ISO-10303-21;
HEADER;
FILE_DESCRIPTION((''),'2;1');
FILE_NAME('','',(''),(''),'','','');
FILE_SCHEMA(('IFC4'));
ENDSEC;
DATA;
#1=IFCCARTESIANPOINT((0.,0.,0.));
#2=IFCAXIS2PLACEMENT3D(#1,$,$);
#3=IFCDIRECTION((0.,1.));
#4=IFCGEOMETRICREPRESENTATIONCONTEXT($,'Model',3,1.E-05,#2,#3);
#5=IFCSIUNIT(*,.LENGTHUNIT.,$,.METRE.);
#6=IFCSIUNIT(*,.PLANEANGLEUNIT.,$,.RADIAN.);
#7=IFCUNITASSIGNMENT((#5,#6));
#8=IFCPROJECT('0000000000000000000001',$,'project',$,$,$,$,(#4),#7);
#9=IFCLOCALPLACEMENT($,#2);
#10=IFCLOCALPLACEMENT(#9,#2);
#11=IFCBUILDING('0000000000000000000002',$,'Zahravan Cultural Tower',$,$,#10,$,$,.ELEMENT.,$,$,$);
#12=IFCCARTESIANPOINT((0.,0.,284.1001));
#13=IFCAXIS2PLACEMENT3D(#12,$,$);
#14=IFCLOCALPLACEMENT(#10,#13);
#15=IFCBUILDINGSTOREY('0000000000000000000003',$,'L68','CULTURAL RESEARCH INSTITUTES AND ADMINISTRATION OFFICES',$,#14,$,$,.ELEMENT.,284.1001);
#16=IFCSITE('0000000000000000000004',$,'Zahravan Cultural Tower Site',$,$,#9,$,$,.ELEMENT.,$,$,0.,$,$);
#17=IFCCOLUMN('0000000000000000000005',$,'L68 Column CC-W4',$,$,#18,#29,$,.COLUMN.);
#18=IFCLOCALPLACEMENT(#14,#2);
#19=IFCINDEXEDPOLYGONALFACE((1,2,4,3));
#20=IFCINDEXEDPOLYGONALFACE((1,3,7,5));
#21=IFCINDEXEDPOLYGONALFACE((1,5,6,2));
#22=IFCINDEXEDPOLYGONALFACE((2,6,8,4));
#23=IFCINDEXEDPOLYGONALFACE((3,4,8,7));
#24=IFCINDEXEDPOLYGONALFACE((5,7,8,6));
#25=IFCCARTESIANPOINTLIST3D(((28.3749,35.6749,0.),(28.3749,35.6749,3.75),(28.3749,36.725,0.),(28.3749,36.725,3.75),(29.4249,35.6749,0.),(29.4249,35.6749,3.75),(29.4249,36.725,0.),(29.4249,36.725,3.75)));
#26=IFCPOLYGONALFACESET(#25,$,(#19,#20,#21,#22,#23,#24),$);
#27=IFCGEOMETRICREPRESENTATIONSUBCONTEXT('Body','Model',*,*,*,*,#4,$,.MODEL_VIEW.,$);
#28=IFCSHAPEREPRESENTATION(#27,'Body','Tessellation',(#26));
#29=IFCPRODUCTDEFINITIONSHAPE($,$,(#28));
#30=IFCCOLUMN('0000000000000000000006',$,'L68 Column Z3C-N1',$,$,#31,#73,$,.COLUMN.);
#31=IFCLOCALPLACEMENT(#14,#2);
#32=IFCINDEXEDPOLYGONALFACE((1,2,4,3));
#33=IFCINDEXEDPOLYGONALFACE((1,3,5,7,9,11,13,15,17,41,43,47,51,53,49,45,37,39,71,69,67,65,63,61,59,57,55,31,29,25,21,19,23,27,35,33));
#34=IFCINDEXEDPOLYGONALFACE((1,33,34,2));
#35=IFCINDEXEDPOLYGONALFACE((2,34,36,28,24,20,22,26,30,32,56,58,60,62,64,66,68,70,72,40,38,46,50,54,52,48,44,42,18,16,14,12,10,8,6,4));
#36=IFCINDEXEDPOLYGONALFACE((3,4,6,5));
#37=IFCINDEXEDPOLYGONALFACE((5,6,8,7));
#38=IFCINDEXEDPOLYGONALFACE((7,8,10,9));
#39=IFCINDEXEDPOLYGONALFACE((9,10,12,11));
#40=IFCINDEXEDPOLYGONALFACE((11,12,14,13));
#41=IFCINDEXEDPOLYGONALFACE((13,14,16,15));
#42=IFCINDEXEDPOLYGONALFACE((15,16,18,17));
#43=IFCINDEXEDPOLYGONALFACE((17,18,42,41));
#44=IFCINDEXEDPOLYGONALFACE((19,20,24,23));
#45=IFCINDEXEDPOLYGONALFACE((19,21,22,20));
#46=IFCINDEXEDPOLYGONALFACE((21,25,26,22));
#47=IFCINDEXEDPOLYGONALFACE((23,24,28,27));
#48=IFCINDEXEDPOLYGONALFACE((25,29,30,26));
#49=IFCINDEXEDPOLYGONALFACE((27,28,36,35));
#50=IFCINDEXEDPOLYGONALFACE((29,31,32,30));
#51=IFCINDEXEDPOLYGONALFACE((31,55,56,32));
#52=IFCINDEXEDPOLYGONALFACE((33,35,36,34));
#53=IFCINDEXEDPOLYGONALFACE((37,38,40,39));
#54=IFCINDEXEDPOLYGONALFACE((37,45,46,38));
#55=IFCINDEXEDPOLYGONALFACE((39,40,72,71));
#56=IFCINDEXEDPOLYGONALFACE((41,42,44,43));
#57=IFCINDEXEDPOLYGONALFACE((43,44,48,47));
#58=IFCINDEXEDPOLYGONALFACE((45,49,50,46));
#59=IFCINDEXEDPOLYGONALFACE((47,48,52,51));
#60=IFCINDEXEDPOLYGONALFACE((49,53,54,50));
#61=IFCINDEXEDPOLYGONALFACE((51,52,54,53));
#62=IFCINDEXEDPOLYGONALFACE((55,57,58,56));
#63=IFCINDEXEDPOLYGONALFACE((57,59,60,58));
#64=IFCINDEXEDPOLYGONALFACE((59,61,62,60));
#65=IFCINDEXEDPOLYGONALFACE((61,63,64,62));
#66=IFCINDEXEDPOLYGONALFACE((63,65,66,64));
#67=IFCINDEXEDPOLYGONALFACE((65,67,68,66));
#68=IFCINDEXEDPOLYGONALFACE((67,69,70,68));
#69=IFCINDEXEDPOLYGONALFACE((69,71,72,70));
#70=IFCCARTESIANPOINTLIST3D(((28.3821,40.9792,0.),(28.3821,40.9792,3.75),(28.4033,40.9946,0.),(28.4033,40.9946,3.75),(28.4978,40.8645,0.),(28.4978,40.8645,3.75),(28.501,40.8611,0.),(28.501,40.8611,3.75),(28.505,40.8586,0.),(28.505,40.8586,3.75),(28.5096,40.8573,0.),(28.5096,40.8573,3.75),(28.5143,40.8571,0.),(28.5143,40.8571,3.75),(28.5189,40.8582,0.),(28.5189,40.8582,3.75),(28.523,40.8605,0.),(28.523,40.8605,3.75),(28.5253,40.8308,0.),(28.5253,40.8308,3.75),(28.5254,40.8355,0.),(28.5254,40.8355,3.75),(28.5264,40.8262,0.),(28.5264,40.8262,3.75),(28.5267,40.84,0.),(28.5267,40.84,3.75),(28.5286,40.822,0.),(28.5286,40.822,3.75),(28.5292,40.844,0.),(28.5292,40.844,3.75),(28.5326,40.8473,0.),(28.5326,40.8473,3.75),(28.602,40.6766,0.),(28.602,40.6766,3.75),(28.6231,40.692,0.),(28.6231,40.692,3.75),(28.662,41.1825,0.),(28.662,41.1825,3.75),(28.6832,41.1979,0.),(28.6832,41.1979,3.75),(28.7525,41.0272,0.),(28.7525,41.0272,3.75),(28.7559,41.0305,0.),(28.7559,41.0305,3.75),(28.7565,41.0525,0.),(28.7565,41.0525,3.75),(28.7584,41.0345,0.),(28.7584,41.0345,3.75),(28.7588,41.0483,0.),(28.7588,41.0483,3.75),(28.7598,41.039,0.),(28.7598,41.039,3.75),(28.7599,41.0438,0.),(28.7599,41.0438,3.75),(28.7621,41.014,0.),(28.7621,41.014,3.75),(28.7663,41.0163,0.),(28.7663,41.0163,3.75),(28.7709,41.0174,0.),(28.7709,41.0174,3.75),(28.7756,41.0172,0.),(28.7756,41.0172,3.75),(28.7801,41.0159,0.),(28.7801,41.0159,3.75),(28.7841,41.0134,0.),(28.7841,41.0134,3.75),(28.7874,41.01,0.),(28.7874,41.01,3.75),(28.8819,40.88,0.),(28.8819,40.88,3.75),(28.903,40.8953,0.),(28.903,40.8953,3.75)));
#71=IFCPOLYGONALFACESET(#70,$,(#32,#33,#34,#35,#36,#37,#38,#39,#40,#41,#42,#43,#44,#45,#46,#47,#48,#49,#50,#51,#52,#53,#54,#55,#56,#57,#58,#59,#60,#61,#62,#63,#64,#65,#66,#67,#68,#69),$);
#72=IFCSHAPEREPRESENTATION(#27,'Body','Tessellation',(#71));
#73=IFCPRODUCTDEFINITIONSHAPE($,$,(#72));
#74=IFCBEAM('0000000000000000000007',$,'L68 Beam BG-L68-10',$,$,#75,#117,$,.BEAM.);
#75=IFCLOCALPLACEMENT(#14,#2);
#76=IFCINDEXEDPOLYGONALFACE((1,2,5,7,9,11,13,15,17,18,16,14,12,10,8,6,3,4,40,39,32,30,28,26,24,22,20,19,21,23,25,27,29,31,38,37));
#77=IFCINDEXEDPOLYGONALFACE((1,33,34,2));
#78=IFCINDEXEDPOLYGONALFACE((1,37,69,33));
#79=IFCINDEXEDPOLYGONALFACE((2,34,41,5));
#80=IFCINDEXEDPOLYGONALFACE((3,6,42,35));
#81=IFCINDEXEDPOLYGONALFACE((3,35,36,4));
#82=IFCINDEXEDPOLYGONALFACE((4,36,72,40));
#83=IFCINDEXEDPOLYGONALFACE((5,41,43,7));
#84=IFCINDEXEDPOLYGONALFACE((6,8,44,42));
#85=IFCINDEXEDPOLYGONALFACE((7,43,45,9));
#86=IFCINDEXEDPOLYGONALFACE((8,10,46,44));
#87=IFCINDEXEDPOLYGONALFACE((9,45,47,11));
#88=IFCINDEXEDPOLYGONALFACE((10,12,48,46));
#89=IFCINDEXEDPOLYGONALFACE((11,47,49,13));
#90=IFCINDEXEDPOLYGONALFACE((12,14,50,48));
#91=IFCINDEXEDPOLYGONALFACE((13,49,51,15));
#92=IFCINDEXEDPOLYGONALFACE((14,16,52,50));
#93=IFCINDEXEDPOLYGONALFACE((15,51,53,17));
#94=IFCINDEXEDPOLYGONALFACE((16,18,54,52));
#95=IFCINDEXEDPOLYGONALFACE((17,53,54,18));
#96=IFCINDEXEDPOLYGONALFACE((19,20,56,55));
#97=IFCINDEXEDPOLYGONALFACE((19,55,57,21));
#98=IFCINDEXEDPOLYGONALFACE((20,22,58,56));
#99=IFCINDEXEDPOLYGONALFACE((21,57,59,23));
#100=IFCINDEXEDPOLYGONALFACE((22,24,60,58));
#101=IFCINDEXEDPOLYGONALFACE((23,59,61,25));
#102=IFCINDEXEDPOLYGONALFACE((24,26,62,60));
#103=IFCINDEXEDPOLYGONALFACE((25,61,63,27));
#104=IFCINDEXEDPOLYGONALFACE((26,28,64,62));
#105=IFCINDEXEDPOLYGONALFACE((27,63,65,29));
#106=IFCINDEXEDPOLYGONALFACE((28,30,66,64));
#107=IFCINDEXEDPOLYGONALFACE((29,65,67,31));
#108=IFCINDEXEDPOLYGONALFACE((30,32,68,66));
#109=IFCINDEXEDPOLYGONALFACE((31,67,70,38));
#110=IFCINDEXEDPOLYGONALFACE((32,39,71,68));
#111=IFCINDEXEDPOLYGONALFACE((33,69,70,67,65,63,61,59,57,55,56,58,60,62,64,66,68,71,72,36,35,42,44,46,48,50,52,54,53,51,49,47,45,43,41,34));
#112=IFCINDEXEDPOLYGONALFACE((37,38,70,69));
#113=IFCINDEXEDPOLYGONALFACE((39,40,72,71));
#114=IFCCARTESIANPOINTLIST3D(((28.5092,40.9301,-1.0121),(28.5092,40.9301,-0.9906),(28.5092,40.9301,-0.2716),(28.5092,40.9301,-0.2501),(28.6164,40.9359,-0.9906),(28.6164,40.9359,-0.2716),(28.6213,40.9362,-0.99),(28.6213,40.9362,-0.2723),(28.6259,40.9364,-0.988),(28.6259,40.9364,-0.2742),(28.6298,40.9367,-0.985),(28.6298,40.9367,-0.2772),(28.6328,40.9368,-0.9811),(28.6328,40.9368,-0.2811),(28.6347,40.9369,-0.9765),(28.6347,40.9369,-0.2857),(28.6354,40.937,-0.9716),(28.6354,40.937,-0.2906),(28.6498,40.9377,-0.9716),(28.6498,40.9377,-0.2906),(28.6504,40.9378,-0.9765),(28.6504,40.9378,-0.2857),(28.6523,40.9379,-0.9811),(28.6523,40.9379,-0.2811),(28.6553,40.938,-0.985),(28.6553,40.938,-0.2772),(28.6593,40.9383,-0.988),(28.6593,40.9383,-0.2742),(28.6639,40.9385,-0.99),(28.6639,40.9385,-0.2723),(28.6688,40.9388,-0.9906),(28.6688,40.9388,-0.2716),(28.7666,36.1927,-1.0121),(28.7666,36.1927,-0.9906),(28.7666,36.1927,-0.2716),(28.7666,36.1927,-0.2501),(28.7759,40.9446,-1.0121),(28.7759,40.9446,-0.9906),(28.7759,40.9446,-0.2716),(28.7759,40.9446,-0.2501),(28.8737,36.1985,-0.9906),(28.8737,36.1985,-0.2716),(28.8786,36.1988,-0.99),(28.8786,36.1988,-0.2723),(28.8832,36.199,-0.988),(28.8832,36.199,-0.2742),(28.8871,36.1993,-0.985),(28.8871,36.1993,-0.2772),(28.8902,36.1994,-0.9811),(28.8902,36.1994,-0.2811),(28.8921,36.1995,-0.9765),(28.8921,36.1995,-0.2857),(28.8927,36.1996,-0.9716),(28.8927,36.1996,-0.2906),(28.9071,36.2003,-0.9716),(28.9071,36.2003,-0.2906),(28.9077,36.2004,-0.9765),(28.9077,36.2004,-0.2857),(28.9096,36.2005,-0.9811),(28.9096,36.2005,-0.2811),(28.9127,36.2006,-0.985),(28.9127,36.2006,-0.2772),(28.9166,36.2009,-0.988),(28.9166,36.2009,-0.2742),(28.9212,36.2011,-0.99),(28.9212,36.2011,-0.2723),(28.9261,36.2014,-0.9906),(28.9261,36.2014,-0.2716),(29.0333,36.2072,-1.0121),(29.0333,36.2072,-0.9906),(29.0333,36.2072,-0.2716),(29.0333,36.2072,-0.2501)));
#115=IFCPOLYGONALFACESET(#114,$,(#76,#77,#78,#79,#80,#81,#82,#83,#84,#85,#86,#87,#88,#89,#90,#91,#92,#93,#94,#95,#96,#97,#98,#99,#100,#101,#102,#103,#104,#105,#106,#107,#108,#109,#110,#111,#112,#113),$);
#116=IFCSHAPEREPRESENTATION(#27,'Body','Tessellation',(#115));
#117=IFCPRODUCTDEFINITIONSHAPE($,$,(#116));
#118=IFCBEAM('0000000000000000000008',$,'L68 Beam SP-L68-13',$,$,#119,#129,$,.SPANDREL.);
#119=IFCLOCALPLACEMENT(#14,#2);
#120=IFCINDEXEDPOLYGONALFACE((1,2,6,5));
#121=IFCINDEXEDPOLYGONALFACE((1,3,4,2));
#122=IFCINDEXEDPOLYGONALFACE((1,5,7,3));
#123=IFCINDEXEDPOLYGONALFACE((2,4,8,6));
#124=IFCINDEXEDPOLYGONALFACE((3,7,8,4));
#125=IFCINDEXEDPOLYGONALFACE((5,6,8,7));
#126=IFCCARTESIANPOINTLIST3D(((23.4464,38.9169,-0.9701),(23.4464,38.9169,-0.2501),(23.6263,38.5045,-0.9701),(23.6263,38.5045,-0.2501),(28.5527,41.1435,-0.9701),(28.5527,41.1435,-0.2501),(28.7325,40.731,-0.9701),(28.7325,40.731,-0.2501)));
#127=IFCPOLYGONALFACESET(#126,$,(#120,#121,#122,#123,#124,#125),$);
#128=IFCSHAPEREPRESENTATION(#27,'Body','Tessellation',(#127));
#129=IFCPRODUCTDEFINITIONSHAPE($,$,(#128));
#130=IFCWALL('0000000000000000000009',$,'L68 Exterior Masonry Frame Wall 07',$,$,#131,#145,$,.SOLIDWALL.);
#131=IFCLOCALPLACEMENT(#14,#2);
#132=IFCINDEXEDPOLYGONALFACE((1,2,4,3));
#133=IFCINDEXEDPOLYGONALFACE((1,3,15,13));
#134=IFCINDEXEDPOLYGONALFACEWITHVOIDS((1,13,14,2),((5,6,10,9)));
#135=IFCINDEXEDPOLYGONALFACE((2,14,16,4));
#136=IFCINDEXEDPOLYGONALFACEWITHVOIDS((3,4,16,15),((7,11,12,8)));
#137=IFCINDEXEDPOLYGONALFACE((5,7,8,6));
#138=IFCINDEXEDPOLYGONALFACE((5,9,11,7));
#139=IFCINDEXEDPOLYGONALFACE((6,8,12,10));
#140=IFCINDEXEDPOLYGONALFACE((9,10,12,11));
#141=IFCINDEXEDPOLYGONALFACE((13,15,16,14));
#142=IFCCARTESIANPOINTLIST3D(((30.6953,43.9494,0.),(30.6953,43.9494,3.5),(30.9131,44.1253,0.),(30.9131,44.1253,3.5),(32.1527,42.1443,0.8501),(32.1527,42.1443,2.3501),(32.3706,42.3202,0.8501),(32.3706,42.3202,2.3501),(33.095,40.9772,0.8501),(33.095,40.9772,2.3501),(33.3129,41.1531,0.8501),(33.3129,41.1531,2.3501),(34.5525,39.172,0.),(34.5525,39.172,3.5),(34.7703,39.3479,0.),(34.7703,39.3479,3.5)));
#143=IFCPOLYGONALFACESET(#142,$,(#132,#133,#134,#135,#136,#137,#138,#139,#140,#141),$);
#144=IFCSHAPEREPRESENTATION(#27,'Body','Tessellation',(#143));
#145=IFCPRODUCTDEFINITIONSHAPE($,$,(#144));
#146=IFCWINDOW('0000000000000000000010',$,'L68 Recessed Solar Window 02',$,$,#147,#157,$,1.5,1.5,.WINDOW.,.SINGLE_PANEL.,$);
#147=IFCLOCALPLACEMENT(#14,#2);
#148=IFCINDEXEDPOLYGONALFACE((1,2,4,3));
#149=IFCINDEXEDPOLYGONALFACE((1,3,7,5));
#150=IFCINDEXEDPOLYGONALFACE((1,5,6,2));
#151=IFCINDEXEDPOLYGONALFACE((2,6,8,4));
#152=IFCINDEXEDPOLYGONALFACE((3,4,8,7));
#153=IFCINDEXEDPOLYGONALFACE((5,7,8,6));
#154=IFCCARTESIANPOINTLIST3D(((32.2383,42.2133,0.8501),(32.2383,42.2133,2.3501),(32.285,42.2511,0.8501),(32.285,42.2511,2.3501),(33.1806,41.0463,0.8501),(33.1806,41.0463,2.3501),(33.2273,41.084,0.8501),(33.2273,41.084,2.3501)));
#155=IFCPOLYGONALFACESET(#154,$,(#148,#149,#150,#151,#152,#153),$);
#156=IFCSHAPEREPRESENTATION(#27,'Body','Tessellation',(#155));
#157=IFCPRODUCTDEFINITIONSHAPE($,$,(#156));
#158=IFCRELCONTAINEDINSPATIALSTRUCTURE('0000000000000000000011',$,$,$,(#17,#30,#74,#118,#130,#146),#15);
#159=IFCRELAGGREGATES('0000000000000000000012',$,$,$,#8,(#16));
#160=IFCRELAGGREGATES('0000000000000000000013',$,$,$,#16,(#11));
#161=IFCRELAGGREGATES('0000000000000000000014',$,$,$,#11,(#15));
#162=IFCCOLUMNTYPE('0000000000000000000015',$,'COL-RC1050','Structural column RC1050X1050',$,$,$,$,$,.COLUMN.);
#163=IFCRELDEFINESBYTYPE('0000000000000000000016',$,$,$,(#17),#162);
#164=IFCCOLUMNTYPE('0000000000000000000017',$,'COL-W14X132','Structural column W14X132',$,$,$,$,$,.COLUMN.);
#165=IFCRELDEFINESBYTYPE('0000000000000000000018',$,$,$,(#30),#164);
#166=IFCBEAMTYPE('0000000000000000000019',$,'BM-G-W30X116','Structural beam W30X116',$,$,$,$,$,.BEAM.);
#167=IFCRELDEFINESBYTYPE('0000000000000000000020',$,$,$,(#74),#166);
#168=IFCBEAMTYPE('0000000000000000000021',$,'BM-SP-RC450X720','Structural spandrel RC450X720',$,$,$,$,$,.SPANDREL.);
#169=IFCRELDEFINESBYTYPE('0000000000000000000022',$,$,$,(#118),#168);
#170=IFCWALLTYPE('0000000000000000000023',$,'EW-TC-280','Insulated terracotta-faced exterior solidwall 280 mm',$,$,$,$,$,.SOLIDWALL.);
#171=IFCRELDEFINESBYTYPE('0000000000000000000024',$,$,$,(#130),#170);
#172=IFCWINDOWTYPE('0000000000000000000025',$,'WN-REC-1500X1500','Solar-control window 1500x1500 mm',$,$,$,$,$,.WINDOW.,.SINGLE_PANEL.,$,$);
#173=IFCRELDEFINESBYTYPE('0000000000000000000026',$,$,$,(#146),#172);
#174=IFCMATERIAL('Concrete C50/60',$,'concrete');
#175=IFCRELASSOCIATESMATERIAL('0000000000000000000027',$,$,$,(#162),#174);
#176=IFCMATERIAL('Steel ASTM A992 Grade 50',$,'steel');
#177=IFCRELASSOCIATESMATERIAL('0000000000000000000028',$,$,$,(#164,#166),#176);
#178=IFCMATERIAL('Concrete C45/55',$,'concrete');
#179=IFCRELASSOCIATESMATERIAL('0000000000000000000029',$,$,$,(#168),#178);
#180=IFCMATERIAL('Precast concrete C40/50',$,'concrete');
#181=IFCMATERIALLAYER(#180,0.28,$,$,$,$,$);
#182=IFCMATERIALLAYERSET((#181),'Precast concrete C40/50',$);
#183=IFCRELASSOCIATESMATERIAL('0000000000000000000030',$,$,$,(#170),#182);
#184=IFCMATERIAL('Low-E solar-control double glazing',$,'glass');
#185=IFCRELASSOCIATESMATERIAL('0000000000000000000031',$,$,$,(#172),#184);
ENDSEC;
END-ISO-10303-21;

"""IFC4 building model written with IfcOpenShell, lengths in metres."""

from ifc_helpers import new_model, si_unit, direction, frame, frame_2d, origin, origin_2d, place, context, subcontext, project, spatial, rectangle, i_section, extrude, source, transform, mapped, material, layer, layer_set, material_profile, profile_set, type_object, element, fill, save


model = new_model("IFC4")

# Units and contexts
model_context = context("Model", 3, precision=1e-05, world=origin(), true_north=direction((0.0, 1.0)))
body_context = subcontext(model_context, "Body", "Model", "MODEL_VIEW")
ifc_project = project(units=[si_unit("LENGTHUNIT", "METRE"), si_unit("PLANEANGLEUNIT", "RADIAN")], contexts=[model_context])

# Site, building, storey
site_placement = place(None, origin())
site = spatial("IfcSite", under=ifc_project, at=site_placement, Name="Zahravan Cultural Tower Site", CompositionType="ELEMENT", RefElevation=0.0)
building_placement = place(site_placement, origin())
building = spatial("IfcBuilding", under=site, at=building_placement, Name="Zahravan Cultural Tower", CompositionType="ELEMENT")
storey_placement = place(building_placement, frame((0.0, 0.0, 284.1001)))
storey = spatial("IfcBuildingStorey", under=building, at=storey_placement, Name="L68", Description="CULTURAL RESEARCH INSTITUTES AND ADMINISTRATION OFFICES", CompositionType="ELEMENT", Elevation=284.1001)

# Columns
ifc_material_1 = material(Name="Concrete C50/60", Category="concrete")
ifc_material_profile_1 = material_profile(ifc_material_1, rectangle(XDim=1.05, YDim=1.05, at=origin_2d()), Name="RC1050X1050")
ifc_profile_set_1 = profile_set([ifc_material_profile_1], Name="Concrete C50/60")
column_type_1 = type_object("IfcColumnType", Name="COL-RC1050", Description="Structural column RC1050X1050", PredefinedType="COLUMN", material=ifc_profile_set_1)
shared_shape_1 = source(origin(), body_context, "Body", "SweptSolid", [
    extrude(rectangle(XDim=1.05, YDim=1.05, at=origin_2d()), origin(), (0.0, 0.0, 1.0), 3.75),
])
column_1_placement = place(storey_placement, frame((28.8999, 36.2, 0.0), z_axis=(0.0, 0.0, 1.0), x_axis=(1.0, 0.0, 0.0)))
element("IfcColumn", 1, at=column_1_placement, inside=storey, type_object=column_type_1, Name="L68 Column CC-W4", PredefinedType="COLUMN", context=body_context, shape_type="MappedRepresentation", body=[
    mapped(shared_shape_1, transform((0.0, 0.0, 0.0), x_axis=(1.0, 0.0, 0.0), y_axis=(0.0, 1.0, 0.0), z_axis=(0.0, 0.0, 1.0), scale=1.0)),
])
ifc_material_2 = material(Name="Steel ASTM A992 Grade 50", Category="steel")
ifc_material_profile_2 = material_profile(ifc_material_2, i_section(OverallWidth=0.374, OverallDepth=0.3721, WebThickness=0.0164, FlangeThickness=0.0261, FilletRadius=0.0181, at=origin_2d()), Name="W14X132")
ifc_profile_set_2 = profile_set([ifc_material_profile_2], Name="Steel ASTM A992 Grade 50")
column_type_2 = type_object("IfcColumnType", Name="COL-W14X132", Description="Structural column W14X132", PredefinedType="COLUMN", material=ifc_profile_set_2)
shared_shape_2 = source(origin(), body_context, "Body", "SweptSolid", [
    extrude(i_section(OverallWidth=0.374, OverallDepth=0.3721, WebThickness=0.0164, FlangeThickness=0.0261, FilletRadius=0.0181, at=origin_2d()), origin(), (0.0, 0.0, 1.0), 3.75),
])
column_2_placement = place(storey_placement, frame((28.6426, 40.9373, 0.0), z_axis=(0.0, 0.0, 1.0), x_axis=(-0.587785, 0.809017, 0.0)))
element("IfcColumn", 2, at=column_2_placement, inside=storey, type_object=column_type_2, Name="L68 Column Z3C-N1", PredefinedType="COLUMN", context=body_context, shape_type="MappedRepresentation", body=[
    mapped(shared_shape_2, transform((0.0, 0.0, 0.0), x_axis=(1.0, 0.0, 0.0), y_axis=(0.0, 1.0, 0.0), z_axis=(0.0, 0.0, 1.0), scale=1.0)),
])

# Beams
ifc_material_profile_3 = material_profile(ifc_material_2, i_section(OverallWidth=0.2671, OverallDepth=0.762, WebThickness=0.0144, FlangeThickness=0.0215, FilletRadius=0.019, at=origin_2d()), Name="W30X116")
ifc_profile_set_3 = profile_set([ifc_material_profile_3], Name="Steel ASTM A992 Grade 50")
beam_type_1 = type_object("IfcBeamType", Name="BM-G-W30X116", Description="Structural beam W30X116", PredefinedType="BEAM", material=ifc_profile_set_3)
shared_shape_3 = source(origin(), body_context, "Body", "SweptSolid", [
    extrude(i_section(OverallWidth=0.2671, OverallDepth=0.762, WebThickness=0.0144, FlangeThickness=0.0215, FilletRadius=0.019, at=origin_2d()), origin(), (0.0, 0.0, 1.0), 4.7444),
])
beam_1_placement = place(storey_placement, frame((28.8999, 36.2, -0.6311), z_axis=(-0.054239, 0.998528, 0.0), x_axis=(-0.998528, -0.054239, 0.0)))
element("IfcBeam", 3, at=beam_1_placement, inside=storey, type_object=beam_type_1, Name="L68 Beam BG-L68-10", PredefinedType="BEAM", context=body_context, shape_type="MappedRepresentation", body=[
    mapped(shared_shape_3, transform((0.0, 0.0, 0.0), x_axis=(1.0, 0.0, 0.0), y_axis=(0.0, 1.0, 0.0), z_axis=(0.0, 0.0, 1.0), scale=1.0)),
])
ifc_material_3 = material(Name="Concrete C45/55", Category="concrete")
ifc_material_profile_4 = material_profile(ifc_material_3, rectangle(XDim=0.45, YDim=0.72, at=origin_2d()), Name="RC450X720")
ifc_profile_set_4 = profile_set([ifc_material_profile_4], Name="Concrete C45/55")
beam_type_2 = type_object("IfcBeamType", Name="BM-SP-RC450X720", Description="Structural spandrel RC450X720", PredefinedType="SPANDREL", material=ifc_profile_set_4)
shared_shape_4 = source(origin(), body_context, "Body", "SweptSolid", [
    extrude(rectangle(XDim=0.45, YDim=0.72, at=origin_2d()), origin(), (0.0, 0.0, 1.0), 5.5706),
])
beam_2_placement = place(storey_placement, frame((28.6426, 40.9373, -0.6101), z_axis=(-0.916645, -0.399703, 0.0), x_axis=(0.399703, -0.916645, 0.0)))
element("IfcBeam", 4, at=beam_2_placement, inside=storey, type_object=beam_type_2, Name="L68 Beam SP-L68-13", PredefinedType="SPANDREL", context=body_context, shape_type="MappedRepresentation", body=[
    mapped(shared_shape_4, transform((0.0, 0.0, 0.0), x_axis=(1.0, 0.0, 0.0), y_axis=(0.0, 1.0, 0.0), z_axis=(0.0, 0.0, 1.0), scale=1.0)),
])

# Wall, opening, window
ifc_material_4 = material(Name="Precast concrete C40/50", Category="concrete")
ifc_layer_1 = layer(ifc_material_4, 0.28)
ifc_layer_set_1 = layer_set([ifc_layer_1], Name="Precast concrete C40/50")
wall_type_1 = type_object("IfcWallType", Name="EW-TC-280", Description="Insulated terracotta-faced exterior solidwall 280 mm", PredefinedType="SOLIDWALL", material=ifc_layer_set_1)
wall_1_placement = place(storey_placement, frame((30.8042, 44.0374, 0.0), z_axis=(0.0, 0.0, 1.0), x_axis=(0.628195, -0.778056, 0.0)))
wall_1 = element("IfcWall", 5, at=wall_1_placement, inside=storey, type_object=wall_type_1, Name="L68 Exterior Masonry Frame Wall 07", PredefinedType="SOLIDWALL", context=body_context, shape_type="SweptSolid", body=[
    extrude(rectangle(XDim=6.1401, YDim=0.28, at=frame_2d((3.0701, 0.0))), origin(), (0.0, 0.0, 1.0), 3.5),
])
opening_1_placement = place(wall_1_placement, frame((2.3201, 0.0, 0.8501)))
opening_1 = element("IfcOpeningElement", 6, at=opening_1_placement, cuts=wall_1, PredefinedType="OPENING", context=body_context, shape_type="SweptSolid", body=[
    extrude(rectangle(XDim=1.5, YDim=1.5, at=frame_2d((0.75, 0.75))), frame((0.0, 0.1499, 0.0), z_axis=(0.0, -1.0, 0.0), x_axis=(1.0, 0.0, 0.0)), (0.0, 0.0, 1.0), 0.3),
])
ifc_material_5 = material(Name="Low-E solar-control double glazing", Category="glass")
window_type = type_object("IfcWindowType", Name="WN-REC-1500X1500", Description="Solar-control window 1500x1500 mm", PartitioningType="SINGLE_PANEL", PredefinedType="WINDOW", material=ifc_material_5)
shared_shape_5 = source(origin(), body_context, "Body", "SweptSolid", [
    extrude(rectangle(XDim=1.5, YDim=1.5, at=frame_2d((0.75, 0.75))), frame((0.0, 0.03, 0.0), z_axis=(0.0, -1.0, 0.0), x_axis=(1.0, 0.0, 0.0)), (0.0, 0.0, 1.0), 0.0601),
])
window_placement = place(opening_1_placement, origin())
window = element("IfcWindow", 7, at=window_placement, inside=storey, type_object=window_type, Name="L68 Recessed Solar Window 02", OverallHeight=1.5, OverallWidth=1.5, PartitioningType="SINGLE_PANEL", PredefinedType="WINDOW", context=body_context, shape_type="MappedRepresentation", body=[
    mapped(shared_shape_5, transform((0.0, 0.0, 0.0), x_axis=(1.0, 0.0, 0.0), y_axis=(0.0, 1.0, 0.0), z_axis=(0.0, 0.0, 1.0), scale=1.0)),
])
fill(opening_1, window)

save(model, "model.ifc")
